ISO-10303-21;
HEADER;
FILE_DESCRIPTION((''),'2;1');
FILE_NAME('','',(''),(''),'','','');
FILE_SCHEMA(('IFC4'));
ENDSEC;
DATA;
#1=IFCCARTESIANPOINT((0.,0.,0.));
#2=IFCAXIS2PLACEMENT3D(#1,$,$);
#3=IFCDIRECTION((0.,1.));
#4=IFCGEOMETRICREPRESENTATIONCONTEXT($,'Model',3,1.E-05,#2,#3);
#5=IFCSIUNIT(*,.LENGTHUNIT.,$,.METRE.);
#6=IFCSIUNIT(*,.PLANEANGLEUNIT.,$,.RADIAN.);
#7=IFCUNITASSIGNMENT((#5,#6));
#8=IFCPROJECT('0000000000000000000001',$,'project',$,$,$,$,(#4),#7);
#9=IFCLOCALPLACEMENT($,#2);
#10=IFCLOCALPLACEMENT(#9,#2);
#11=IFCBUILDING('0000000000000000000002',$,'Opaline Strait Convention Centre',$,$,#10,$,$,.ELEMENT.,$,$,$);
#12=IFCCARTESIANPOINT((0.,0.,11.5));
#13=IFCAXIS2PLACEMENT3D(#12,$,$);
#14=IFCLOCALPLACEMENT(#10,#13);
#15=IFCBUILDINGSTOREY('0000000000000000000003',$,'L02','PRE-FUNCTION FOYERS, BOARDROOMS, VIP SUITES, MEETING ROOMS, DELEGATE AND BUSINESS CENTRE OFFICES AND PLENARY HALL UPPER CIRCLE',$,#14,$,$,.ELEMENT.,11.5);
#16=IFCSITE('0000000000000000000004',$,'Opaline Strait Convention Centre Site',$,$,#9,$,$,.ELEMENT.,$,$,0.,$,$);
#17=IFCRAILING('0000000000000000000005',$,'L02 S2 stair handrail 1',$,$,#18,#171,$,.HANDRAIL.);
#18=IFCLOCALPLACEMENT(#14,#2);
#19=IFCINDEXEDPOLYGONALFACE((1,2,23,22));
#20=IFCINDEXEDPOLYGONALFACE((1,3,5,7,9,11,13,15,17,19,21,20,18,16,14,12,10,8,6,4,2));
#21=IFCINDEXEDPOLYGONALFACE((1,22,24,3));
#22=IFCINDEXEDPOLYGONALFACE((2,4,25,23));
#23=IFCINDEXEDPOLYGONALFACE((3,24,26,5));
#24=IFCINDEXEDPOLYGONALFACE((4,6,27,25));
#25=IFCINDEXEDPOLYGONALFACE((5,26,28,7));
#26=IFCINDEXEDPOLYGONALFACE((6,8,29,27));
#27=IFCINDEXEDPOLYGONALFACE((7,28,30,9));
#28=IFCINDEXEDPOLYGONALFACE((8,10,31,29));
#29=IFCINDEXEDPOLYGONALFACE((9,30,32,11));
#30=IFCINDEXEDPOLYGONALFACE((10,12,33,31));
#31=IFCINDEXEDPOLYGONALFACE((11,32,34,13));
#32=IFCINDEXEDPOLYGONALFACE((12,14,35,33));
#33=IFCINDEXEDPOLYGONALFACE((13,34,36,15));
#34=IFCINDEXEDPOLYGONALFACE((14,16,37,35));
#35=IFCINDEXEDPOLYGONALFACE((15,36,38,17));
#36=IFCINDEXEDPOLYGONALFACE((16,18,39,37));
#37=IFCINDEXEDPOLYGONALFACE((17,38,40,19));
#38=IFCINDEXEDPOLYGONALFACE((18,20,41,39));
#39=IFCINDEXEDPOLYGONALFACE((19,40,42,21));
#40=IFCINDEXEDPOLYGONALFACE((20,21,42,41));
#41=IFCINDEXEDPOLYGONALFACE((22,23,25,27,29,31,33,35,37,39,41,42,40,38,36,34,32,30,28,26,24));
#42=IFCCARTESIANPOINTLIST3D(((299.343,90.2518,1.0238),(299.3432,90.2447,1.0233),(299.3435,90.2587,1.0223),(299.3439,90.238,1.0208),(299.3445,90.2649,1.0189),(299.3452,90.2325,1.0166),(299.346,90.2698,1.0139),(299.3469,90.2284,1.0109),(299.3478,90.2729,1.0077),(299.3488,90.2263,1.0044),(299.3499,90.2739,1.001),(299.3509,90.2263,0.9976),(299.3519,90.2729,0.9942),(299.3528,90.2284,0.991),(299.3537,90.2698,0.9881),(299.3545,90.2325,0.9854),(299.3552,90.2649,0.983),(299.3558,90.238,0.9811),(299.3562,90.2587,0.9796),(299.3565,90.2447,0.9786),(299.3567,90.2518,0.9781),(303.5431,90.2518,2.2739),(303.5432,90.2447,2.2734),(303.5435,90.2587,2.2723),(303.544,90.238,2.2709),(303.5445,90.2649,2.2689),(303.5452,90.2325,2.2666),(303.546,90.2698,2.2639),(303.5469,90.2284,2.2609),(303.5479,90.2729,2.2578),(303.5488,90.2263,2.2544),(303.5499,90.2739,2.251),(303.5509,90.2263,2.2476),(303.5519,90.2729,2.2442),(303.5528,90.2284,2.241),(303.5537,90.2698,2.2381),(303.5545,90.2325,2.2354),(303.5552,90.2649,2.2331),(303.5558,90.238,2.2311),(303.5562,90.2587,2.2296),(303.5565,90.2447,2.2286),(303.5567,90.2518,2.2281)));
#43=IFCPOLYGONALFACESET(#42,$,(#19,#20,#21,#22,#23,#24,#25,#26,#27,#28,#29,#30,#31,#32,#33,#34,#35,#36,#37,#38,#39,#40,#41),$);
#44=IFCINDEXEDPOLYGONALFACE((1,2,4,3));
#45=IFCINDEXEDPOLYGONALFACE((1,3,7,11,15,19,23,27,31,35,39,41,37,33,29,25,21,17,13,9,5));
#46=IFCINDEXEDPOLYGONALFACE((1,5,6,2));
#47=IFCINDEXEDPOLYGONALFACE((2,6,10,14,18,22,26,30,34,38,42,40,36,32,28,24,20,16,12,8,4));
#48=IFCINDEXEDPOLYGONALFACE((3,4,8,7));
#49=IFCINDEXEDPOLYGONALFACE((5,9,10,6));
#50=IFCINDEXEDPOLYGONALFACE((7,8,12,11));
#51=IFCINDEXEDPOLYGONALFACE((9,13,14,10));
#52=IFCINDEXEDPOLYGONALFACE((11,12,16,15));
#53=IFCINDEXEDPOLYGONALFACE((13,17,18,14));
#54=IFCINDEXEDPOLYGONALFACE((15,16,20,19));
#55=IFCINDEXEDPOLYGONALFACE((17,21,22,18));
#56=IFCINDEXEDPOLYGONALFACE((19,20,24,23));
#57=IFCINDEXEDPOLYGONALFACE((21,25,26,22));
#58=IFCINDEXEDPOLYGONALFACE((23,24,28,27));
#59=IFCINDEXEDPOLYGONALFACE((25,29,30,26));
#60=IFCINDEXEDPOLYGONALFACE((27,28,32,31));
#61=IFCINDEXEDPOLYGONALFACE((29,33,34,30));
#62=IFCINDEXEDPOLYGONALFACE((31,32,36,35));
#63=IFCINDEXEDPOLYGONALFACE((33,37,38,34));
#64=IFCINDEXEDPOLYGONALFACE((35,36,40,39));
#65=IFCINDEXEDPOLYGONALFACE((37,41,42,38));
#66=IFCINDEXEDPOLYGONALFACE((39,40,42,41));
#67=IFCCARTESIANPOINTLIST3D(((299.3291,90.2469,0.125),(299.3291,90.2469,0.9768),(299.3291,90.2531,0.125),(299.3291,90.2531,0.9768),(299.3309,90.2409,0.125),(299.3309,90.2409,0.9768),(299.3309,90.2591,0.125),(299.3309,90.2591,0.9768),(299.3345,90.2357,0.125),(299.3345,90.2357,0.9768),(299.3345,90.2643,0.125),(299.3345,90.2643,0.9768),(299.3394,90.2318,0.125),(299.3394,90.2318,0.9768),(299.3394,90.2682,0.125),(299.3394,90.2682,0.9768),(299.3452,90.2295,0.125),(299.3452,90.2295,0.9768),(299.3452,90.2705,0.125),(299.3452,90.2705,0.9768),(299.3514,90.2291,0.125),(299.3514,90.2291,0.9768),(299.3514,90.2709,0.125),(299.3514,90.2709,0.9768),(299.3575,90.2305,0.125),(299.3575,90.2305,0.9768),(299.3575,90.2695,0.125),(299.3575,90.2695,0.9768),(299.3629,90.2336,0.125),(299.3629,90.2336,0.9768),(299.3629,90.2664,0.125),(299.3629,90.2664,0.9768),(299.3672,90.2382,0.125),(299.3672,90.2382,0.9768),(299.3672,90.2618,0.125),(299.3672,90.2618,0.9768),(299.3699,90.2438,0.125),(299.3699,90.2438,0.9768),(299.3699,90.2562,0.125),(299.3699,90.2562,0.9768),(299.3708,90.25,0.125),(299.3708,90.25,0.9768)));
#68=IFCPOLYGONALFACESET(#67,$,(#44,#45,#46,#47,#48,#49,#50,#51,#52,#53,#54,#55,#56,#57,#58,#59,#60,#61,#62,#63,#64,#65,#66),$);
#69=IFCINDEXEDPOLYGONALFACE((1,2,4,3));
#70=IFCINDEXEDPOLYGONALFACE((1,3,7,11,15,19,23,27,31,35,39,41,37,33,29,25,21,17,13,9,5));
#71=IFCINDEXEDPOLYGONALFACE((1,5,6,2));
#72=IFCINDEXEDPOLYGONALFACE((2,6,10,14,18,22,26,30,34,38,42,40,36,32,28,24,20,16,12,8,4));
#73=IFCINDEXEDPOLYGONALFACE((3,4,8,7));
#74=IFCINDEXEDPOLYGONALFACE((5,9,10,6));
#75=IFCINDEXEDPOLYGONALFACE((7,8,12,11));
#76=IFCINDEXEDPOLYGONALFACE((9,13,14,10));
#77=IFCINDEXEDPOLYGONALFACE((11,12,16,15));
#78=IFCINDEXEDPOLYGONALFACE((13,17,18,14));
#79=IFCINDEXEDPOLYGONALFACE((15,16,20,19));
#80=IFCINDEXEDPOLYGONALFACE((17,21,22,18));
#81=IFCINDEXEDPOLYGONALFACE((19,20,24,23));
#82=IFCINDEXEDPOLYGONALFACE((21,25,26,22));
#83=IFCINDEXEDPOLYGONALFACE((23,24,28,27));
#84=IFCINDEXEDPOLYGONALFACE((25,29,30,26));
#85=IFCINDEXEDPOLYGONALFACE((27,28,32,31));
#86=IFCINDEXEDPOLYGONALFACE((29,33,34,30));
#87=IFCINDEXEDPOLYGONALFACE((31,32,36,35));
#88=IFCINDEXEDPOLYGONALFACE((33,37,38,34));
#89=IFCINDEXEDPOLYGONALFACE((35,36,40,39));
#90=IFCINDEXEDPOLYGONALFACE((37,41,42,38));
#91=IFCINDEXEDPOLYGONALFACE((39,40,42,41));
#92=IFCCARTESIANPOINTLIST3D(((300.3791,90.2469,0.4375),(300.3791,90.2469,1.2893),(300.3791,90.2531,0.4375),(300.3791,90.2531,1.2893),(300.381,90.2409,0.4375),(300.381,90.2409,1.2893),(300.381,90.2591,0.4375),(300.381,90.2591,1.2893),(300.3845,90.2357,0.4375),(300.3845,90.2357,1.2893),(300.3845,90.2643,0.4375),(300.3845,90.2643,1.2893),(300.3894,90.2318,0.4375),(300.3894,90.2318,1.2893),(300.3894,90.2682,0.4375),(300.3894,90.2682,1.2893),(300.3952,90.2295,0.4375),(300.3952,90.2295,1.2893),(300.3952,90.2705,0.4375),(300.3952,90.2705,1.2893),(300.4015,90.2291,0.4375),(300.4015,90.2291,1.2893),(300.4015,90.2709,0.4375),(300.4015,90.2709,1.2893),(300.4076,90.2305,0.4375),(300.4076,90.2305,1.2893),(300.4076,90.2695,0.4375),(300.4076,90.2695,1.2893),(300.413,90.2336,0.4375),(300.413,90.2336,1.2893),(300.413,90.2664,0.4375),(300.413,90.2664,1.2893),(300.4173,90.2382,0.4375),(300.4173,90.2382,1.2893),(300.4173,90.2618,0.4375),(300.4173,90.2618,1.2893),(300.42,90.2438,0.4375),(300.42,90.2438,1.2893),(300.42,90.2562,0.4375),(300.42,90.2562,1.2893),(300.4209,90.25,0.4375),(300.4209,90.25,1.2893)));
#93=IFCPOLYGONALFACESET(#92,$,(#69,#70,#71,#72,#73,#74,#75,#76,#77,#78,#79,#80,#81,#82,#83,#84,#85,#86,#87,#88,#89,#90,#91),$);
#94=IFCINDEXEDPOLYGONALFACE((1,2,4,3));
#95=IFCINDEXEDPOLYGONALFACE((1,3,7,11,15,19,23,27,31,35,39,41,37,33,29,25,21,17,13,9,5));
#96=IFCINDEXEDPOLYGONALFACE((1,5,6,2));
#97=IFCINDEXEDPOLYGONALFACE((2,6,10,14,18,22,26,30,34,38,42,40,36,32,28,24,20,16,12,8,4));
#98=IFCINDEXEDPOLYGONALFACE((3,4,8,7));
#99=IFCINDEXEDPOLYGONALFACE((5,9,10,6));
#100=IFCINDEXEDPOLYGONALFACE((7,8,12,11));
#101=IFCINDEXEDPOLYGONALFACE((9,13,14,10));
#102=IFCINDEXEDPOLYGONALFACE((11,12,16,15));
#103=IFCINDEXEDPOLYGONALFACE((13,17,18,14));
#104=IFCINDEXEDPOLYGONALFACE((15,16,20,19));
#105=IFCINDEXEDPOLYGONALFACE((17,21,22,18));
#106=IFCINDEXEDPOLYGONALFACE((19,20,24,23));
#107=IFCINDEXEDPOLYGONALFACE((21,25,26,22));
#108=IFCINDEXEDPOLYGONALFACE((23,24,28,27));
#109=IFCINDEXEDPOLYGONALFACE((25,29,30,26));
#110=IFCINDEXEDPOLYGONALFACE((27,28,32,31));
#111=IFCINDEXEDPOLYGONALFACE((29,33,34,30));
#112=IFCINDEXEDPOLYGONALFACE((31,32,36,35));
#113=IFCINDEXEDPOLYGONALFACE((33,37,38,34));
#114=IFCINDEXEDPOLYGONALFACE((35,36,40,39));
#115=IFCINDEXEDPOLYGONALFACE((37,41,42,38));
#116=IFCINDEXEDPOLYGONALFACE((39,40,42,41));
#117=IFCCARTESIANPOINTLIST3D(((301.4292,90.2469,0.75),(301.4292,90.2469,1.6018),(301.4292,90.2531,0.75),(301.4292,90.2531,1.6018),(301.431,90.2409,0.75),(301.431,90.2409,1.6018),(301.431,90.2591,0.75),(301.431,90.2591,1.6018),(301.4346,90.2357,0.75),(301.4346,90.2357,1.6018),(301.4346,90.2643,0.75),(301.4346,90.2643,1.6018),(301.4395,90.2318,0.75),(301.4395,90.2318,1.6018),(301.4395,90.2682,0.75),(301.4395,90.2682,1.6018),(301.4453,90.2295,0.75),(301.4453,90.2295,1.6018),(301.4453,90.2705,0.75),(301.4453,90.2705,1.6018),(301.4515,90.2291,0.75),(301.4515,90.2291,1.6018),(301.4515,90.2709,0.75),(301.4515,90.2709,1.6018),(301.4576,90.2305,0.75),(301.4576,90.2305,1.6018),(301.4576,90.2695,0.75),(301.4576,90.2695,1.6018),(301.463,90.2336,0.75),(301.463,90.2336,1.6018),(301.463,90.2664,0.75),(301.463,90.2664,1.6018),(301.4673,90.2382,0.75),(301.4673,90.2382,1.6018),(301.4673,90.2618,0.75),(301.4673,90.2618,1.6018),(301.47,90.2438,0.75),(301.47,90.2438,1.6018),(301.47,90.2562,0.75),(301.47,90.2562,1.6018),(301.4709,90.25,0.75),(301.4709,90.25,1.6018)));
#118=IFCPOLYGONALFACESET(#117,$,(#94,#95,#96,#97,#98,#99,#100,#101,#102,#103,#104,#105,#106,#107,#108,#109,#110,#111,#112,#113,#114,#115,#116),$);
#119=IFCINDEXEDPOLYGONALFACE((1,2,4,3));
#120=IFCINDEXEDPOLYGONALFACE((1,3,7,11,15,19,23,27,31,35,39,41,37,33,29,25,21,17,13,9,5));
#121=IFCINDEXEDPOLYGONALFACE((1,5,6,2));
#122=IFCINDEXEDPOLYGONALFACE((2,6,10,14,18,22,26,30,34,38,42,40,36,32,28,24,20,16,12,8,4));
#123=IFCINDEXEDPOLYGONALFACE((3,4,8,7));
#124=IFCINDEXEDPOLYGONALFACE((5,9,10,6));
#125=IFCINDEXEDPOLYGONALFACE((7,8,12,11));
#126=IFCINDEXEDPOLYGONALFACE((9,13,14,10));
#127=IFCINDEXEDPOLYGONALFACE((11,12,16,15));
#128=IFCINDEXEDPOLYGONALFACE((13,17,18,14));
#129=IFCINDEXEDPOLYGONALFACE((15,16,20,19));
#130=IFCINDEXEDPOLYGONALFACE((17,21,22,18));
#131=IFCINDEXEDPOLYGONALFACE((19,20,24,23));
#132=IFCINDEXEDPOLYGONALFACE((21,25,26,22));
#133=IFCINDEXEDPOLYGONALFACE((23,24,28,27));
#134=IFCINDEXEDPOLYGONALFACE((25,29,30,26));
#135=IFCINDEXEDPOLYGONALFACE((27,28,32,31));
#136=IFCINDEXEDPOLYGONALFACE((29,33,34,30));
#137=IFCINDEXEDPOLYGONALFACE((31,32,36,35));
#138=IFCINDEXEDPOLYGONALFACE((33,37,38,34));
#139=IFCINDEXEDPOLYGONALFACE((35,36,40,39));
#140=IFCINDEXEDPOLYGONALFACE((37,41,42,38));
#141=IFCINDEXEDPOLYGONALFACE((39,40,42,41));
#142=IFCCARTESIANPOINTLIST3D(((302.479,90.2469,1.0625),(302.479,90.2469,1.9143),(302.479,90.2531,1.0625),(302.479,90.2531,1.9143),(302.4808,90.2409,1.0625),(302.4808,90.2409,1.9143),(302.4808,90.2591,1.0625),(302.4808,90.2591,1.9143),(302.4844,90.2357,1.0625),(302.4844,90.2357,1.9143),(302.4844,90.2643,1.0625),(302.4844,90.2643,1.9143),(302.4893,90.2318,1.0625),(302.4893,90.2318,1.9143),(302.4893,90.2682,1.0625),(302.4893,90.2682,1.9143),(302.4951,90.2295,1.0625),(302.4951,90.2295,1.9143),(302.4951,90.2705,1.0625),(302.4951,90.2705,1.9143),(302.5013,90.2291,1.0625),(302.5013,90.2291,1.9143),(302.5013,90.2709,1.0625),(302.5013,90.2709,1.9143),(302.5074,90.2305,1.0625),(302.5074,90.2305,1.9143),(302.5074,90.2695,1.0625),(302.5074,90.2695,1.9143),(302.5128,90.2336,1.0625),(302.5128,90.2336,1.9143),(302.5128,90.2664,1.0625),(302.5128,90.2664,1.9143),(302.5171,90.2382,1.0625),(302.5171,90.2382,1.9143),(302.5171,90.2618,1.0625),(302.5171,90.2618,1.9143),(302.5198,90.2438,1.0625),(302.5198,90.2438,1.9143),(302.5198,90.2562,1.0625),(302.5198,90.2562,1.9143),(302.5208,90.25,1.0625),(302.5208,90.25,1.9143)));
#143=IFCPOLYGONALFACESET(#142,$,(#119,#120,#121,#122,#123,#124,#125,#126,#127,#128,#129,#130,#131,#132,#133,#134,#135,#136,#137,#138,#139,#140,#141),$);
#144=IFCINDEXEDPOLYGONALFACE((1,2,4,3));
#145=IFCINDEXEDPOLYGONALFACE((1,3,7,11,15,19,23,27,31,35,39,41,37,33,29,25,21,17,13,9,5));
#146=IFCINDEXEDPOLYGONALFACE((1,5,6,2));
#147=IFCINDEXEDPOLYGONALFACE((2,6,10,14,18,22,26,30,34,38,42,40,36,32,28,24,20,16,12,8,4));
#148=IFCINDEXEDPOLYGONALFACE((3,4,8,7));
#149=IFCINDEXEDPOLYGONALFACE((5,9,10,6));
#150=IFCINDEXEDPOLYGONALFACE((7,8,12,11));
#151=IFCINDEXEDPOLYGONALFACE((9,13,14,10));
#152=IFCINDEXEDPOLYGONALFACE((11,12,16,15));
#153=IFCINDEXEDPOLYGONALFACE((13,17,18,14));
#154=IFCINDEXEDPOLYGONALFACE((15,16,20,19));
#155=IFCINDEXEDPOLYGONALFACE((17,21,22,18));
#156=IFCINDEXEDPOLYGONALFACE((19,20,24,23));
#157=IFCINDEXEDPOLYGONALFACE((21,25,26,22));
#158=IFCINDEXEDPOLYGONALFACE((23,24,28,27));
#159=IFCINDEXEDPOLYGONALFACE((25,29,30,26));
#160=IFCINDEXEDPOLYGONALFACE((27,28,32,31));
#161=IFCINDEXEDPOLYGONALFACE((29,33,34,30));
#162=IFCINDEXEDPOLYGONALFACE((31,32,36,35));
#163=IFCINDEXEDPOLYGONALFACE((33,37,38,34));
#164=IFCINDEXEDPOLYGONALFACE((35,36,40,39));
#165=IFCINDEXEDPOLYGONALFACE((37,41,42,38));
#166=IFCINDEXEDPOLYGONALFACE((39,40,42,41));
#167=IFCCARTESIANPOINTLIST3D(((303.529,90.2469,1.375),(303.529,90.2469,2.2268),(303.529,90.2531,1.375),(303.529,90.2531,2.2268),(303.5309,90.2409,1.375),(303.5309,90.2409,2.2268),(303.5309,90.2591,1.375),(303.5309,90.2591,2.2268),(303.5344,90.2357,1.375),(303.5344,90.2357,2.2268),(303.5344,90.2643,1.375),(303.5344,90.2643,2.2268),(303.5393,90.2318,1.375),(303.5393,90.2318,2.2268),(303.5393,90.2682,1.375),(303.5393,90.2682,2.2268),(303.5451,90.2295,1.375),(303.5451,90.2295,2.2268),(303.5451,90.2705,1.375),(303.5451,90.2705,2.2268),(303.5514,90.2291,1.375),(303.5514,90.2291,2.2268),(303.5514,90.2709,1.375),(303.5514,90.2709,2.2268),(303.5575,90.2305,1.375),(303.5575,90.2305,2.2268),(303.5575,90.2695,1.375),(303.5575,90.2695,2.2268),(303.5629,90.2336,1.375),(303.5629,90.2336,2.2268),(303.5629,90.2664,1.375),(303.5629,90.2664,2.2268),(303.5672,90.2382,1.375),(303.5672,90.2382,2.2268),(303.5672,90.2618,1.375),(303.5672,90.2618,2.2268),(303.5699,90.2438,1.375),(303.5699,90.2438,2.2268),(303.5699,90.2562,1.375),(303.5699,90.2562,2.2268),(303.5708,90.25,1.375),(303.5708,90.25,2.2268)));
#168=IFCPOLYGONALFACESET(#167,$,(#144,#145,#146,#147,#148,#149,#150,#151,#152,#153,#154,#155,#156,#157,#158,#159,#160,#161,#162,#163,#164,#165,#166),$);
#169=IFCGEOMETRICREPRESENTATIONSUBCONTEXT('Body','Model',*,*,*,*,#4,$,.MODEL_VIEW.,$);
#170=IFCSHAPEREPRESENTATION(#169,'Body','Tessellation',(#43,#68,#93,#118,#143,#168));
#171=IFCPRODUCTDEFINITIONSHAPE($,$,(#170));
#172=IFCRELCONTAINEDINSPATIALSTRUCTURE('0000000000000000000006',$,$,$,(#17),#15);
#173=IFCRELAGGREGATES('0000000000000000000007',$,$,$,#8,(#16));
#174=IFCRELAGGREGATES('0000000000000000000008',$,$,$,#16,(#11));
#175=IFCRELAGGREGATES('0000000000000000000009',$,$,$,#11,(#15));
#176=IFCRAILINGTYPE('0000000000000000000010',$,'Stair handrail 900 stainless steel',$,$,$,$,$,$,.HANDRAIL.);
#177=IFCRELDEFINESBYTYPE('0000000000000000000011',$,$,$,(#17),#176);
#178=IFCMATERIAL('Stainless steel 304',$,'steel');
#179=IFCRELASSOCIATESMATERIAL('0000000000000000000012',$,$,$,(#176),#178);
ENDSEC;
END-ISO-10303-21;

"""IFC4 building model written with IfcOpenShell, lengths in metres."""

from ifc_helpers import new_model, si_unit, direction, frame, origin, origin_2d, place, context, subcontext, project, spatial, circle, extrude, material, type_object, element, save


model = new_model("IFC4")

# Units and contexts
model_context = context("Model", 3, precision=1e-05, world=origin(), true_north=direction((0.0, 1.0)))
body_context = subcontext(model_context, "Body", "Model", "MODEL_VIEW")
ifc_project = project(units=[si_unit("LENGTHUNIT", "METRE"), si_unit("PLANEANGLEUNIT", "RADIAN")], contexts=[model_context])

# Site, building, storey
site_placement = place(None, origin())
site = spatial("IfcSite", under=ifc_project, at=site_placement, Name="Opaline Strait Convention Centre Site", CompositionType="ELEMENT", RefElevation=0.0)
building_placement = place(site_placement, origin())
building = spatial("IfcBuilding", under=site, at=building_placement, Name="Opaline Strait Convention Centre", CompositionType="ELEMENT")
storey_placement = place(building_placement, frame((0.0, 0.0, 11.5)))
storey = spatial("IfcBuildingStorey", under=building, at=storey_placement, Name="L02", Description="PRE-FUNCTION FOYERS, BOARDROOMS, VIP SUITES, MEETING ROOMS, DELEGATE AND BUSINESS CENTRE OFFICES AND PLENARY HALL UPPER CIRCLE", CompositionType="ELEMENT", Elevation=11.5)

# Railing
ifc_material_1 = material(Name="Stainless steel 304", Category="steel")
railing_type_1 = type_object("IfcRailingType", Name="Stair handrail 900 stainless steel", PredefinedType="HANDRAIL", material=ifc_material_1)
for number, where, name in (
    (1, (299.3499, 90.25, 0.125), "L02 S2 stair handrail 1"),
):
    element("IfcRailing", number, at=place(storey_placement, frame(where)), inside=storey, type_object=railing_type_1, Name=name, PredefinedType="HANDRAIL", context=body_context, shape_type="SweptSolid", body=[
        extrude(circle(Radius=0.0239, at=origin_2d()), frame((0.0, 0.0, 0.876), z_axis=(0.958451, 0.0, 0.285257), x_axis=(0.0, 1.0, 0.0)), (0.0, 0.0, 1.0), 4.3821),
        extrude(circle(Radius=0.021, at=origin_2d()), origin(), (0.0, 0.0, 1.0), 0.8518),
        extrude(circle(Radius=0.021, at=origin_2d()), frame((1.05, 0.0, 0.3125)), (0.0, 0.0, 1.0), 0.8518),
        extrude(circle(Radius=0.021, at=origin_2d()), frame((2.1001, 0.0, 0.625)), (0.0, 0.0, 1.0), 0.8518),
        extrude(circle(Radius=0.021, at=origin_2d()), frame((3.1499, 0.0, 0.9375)), (0.0, 0.0, 1.0), 0.8518),
        extrude(circle(Radius=0.021, at=origin_2d()), frame((4.2, 0.0, 1.25)), (0.0, 0.0, 1.0), 0.8518),
    ])

save(model, "model.ifc")
